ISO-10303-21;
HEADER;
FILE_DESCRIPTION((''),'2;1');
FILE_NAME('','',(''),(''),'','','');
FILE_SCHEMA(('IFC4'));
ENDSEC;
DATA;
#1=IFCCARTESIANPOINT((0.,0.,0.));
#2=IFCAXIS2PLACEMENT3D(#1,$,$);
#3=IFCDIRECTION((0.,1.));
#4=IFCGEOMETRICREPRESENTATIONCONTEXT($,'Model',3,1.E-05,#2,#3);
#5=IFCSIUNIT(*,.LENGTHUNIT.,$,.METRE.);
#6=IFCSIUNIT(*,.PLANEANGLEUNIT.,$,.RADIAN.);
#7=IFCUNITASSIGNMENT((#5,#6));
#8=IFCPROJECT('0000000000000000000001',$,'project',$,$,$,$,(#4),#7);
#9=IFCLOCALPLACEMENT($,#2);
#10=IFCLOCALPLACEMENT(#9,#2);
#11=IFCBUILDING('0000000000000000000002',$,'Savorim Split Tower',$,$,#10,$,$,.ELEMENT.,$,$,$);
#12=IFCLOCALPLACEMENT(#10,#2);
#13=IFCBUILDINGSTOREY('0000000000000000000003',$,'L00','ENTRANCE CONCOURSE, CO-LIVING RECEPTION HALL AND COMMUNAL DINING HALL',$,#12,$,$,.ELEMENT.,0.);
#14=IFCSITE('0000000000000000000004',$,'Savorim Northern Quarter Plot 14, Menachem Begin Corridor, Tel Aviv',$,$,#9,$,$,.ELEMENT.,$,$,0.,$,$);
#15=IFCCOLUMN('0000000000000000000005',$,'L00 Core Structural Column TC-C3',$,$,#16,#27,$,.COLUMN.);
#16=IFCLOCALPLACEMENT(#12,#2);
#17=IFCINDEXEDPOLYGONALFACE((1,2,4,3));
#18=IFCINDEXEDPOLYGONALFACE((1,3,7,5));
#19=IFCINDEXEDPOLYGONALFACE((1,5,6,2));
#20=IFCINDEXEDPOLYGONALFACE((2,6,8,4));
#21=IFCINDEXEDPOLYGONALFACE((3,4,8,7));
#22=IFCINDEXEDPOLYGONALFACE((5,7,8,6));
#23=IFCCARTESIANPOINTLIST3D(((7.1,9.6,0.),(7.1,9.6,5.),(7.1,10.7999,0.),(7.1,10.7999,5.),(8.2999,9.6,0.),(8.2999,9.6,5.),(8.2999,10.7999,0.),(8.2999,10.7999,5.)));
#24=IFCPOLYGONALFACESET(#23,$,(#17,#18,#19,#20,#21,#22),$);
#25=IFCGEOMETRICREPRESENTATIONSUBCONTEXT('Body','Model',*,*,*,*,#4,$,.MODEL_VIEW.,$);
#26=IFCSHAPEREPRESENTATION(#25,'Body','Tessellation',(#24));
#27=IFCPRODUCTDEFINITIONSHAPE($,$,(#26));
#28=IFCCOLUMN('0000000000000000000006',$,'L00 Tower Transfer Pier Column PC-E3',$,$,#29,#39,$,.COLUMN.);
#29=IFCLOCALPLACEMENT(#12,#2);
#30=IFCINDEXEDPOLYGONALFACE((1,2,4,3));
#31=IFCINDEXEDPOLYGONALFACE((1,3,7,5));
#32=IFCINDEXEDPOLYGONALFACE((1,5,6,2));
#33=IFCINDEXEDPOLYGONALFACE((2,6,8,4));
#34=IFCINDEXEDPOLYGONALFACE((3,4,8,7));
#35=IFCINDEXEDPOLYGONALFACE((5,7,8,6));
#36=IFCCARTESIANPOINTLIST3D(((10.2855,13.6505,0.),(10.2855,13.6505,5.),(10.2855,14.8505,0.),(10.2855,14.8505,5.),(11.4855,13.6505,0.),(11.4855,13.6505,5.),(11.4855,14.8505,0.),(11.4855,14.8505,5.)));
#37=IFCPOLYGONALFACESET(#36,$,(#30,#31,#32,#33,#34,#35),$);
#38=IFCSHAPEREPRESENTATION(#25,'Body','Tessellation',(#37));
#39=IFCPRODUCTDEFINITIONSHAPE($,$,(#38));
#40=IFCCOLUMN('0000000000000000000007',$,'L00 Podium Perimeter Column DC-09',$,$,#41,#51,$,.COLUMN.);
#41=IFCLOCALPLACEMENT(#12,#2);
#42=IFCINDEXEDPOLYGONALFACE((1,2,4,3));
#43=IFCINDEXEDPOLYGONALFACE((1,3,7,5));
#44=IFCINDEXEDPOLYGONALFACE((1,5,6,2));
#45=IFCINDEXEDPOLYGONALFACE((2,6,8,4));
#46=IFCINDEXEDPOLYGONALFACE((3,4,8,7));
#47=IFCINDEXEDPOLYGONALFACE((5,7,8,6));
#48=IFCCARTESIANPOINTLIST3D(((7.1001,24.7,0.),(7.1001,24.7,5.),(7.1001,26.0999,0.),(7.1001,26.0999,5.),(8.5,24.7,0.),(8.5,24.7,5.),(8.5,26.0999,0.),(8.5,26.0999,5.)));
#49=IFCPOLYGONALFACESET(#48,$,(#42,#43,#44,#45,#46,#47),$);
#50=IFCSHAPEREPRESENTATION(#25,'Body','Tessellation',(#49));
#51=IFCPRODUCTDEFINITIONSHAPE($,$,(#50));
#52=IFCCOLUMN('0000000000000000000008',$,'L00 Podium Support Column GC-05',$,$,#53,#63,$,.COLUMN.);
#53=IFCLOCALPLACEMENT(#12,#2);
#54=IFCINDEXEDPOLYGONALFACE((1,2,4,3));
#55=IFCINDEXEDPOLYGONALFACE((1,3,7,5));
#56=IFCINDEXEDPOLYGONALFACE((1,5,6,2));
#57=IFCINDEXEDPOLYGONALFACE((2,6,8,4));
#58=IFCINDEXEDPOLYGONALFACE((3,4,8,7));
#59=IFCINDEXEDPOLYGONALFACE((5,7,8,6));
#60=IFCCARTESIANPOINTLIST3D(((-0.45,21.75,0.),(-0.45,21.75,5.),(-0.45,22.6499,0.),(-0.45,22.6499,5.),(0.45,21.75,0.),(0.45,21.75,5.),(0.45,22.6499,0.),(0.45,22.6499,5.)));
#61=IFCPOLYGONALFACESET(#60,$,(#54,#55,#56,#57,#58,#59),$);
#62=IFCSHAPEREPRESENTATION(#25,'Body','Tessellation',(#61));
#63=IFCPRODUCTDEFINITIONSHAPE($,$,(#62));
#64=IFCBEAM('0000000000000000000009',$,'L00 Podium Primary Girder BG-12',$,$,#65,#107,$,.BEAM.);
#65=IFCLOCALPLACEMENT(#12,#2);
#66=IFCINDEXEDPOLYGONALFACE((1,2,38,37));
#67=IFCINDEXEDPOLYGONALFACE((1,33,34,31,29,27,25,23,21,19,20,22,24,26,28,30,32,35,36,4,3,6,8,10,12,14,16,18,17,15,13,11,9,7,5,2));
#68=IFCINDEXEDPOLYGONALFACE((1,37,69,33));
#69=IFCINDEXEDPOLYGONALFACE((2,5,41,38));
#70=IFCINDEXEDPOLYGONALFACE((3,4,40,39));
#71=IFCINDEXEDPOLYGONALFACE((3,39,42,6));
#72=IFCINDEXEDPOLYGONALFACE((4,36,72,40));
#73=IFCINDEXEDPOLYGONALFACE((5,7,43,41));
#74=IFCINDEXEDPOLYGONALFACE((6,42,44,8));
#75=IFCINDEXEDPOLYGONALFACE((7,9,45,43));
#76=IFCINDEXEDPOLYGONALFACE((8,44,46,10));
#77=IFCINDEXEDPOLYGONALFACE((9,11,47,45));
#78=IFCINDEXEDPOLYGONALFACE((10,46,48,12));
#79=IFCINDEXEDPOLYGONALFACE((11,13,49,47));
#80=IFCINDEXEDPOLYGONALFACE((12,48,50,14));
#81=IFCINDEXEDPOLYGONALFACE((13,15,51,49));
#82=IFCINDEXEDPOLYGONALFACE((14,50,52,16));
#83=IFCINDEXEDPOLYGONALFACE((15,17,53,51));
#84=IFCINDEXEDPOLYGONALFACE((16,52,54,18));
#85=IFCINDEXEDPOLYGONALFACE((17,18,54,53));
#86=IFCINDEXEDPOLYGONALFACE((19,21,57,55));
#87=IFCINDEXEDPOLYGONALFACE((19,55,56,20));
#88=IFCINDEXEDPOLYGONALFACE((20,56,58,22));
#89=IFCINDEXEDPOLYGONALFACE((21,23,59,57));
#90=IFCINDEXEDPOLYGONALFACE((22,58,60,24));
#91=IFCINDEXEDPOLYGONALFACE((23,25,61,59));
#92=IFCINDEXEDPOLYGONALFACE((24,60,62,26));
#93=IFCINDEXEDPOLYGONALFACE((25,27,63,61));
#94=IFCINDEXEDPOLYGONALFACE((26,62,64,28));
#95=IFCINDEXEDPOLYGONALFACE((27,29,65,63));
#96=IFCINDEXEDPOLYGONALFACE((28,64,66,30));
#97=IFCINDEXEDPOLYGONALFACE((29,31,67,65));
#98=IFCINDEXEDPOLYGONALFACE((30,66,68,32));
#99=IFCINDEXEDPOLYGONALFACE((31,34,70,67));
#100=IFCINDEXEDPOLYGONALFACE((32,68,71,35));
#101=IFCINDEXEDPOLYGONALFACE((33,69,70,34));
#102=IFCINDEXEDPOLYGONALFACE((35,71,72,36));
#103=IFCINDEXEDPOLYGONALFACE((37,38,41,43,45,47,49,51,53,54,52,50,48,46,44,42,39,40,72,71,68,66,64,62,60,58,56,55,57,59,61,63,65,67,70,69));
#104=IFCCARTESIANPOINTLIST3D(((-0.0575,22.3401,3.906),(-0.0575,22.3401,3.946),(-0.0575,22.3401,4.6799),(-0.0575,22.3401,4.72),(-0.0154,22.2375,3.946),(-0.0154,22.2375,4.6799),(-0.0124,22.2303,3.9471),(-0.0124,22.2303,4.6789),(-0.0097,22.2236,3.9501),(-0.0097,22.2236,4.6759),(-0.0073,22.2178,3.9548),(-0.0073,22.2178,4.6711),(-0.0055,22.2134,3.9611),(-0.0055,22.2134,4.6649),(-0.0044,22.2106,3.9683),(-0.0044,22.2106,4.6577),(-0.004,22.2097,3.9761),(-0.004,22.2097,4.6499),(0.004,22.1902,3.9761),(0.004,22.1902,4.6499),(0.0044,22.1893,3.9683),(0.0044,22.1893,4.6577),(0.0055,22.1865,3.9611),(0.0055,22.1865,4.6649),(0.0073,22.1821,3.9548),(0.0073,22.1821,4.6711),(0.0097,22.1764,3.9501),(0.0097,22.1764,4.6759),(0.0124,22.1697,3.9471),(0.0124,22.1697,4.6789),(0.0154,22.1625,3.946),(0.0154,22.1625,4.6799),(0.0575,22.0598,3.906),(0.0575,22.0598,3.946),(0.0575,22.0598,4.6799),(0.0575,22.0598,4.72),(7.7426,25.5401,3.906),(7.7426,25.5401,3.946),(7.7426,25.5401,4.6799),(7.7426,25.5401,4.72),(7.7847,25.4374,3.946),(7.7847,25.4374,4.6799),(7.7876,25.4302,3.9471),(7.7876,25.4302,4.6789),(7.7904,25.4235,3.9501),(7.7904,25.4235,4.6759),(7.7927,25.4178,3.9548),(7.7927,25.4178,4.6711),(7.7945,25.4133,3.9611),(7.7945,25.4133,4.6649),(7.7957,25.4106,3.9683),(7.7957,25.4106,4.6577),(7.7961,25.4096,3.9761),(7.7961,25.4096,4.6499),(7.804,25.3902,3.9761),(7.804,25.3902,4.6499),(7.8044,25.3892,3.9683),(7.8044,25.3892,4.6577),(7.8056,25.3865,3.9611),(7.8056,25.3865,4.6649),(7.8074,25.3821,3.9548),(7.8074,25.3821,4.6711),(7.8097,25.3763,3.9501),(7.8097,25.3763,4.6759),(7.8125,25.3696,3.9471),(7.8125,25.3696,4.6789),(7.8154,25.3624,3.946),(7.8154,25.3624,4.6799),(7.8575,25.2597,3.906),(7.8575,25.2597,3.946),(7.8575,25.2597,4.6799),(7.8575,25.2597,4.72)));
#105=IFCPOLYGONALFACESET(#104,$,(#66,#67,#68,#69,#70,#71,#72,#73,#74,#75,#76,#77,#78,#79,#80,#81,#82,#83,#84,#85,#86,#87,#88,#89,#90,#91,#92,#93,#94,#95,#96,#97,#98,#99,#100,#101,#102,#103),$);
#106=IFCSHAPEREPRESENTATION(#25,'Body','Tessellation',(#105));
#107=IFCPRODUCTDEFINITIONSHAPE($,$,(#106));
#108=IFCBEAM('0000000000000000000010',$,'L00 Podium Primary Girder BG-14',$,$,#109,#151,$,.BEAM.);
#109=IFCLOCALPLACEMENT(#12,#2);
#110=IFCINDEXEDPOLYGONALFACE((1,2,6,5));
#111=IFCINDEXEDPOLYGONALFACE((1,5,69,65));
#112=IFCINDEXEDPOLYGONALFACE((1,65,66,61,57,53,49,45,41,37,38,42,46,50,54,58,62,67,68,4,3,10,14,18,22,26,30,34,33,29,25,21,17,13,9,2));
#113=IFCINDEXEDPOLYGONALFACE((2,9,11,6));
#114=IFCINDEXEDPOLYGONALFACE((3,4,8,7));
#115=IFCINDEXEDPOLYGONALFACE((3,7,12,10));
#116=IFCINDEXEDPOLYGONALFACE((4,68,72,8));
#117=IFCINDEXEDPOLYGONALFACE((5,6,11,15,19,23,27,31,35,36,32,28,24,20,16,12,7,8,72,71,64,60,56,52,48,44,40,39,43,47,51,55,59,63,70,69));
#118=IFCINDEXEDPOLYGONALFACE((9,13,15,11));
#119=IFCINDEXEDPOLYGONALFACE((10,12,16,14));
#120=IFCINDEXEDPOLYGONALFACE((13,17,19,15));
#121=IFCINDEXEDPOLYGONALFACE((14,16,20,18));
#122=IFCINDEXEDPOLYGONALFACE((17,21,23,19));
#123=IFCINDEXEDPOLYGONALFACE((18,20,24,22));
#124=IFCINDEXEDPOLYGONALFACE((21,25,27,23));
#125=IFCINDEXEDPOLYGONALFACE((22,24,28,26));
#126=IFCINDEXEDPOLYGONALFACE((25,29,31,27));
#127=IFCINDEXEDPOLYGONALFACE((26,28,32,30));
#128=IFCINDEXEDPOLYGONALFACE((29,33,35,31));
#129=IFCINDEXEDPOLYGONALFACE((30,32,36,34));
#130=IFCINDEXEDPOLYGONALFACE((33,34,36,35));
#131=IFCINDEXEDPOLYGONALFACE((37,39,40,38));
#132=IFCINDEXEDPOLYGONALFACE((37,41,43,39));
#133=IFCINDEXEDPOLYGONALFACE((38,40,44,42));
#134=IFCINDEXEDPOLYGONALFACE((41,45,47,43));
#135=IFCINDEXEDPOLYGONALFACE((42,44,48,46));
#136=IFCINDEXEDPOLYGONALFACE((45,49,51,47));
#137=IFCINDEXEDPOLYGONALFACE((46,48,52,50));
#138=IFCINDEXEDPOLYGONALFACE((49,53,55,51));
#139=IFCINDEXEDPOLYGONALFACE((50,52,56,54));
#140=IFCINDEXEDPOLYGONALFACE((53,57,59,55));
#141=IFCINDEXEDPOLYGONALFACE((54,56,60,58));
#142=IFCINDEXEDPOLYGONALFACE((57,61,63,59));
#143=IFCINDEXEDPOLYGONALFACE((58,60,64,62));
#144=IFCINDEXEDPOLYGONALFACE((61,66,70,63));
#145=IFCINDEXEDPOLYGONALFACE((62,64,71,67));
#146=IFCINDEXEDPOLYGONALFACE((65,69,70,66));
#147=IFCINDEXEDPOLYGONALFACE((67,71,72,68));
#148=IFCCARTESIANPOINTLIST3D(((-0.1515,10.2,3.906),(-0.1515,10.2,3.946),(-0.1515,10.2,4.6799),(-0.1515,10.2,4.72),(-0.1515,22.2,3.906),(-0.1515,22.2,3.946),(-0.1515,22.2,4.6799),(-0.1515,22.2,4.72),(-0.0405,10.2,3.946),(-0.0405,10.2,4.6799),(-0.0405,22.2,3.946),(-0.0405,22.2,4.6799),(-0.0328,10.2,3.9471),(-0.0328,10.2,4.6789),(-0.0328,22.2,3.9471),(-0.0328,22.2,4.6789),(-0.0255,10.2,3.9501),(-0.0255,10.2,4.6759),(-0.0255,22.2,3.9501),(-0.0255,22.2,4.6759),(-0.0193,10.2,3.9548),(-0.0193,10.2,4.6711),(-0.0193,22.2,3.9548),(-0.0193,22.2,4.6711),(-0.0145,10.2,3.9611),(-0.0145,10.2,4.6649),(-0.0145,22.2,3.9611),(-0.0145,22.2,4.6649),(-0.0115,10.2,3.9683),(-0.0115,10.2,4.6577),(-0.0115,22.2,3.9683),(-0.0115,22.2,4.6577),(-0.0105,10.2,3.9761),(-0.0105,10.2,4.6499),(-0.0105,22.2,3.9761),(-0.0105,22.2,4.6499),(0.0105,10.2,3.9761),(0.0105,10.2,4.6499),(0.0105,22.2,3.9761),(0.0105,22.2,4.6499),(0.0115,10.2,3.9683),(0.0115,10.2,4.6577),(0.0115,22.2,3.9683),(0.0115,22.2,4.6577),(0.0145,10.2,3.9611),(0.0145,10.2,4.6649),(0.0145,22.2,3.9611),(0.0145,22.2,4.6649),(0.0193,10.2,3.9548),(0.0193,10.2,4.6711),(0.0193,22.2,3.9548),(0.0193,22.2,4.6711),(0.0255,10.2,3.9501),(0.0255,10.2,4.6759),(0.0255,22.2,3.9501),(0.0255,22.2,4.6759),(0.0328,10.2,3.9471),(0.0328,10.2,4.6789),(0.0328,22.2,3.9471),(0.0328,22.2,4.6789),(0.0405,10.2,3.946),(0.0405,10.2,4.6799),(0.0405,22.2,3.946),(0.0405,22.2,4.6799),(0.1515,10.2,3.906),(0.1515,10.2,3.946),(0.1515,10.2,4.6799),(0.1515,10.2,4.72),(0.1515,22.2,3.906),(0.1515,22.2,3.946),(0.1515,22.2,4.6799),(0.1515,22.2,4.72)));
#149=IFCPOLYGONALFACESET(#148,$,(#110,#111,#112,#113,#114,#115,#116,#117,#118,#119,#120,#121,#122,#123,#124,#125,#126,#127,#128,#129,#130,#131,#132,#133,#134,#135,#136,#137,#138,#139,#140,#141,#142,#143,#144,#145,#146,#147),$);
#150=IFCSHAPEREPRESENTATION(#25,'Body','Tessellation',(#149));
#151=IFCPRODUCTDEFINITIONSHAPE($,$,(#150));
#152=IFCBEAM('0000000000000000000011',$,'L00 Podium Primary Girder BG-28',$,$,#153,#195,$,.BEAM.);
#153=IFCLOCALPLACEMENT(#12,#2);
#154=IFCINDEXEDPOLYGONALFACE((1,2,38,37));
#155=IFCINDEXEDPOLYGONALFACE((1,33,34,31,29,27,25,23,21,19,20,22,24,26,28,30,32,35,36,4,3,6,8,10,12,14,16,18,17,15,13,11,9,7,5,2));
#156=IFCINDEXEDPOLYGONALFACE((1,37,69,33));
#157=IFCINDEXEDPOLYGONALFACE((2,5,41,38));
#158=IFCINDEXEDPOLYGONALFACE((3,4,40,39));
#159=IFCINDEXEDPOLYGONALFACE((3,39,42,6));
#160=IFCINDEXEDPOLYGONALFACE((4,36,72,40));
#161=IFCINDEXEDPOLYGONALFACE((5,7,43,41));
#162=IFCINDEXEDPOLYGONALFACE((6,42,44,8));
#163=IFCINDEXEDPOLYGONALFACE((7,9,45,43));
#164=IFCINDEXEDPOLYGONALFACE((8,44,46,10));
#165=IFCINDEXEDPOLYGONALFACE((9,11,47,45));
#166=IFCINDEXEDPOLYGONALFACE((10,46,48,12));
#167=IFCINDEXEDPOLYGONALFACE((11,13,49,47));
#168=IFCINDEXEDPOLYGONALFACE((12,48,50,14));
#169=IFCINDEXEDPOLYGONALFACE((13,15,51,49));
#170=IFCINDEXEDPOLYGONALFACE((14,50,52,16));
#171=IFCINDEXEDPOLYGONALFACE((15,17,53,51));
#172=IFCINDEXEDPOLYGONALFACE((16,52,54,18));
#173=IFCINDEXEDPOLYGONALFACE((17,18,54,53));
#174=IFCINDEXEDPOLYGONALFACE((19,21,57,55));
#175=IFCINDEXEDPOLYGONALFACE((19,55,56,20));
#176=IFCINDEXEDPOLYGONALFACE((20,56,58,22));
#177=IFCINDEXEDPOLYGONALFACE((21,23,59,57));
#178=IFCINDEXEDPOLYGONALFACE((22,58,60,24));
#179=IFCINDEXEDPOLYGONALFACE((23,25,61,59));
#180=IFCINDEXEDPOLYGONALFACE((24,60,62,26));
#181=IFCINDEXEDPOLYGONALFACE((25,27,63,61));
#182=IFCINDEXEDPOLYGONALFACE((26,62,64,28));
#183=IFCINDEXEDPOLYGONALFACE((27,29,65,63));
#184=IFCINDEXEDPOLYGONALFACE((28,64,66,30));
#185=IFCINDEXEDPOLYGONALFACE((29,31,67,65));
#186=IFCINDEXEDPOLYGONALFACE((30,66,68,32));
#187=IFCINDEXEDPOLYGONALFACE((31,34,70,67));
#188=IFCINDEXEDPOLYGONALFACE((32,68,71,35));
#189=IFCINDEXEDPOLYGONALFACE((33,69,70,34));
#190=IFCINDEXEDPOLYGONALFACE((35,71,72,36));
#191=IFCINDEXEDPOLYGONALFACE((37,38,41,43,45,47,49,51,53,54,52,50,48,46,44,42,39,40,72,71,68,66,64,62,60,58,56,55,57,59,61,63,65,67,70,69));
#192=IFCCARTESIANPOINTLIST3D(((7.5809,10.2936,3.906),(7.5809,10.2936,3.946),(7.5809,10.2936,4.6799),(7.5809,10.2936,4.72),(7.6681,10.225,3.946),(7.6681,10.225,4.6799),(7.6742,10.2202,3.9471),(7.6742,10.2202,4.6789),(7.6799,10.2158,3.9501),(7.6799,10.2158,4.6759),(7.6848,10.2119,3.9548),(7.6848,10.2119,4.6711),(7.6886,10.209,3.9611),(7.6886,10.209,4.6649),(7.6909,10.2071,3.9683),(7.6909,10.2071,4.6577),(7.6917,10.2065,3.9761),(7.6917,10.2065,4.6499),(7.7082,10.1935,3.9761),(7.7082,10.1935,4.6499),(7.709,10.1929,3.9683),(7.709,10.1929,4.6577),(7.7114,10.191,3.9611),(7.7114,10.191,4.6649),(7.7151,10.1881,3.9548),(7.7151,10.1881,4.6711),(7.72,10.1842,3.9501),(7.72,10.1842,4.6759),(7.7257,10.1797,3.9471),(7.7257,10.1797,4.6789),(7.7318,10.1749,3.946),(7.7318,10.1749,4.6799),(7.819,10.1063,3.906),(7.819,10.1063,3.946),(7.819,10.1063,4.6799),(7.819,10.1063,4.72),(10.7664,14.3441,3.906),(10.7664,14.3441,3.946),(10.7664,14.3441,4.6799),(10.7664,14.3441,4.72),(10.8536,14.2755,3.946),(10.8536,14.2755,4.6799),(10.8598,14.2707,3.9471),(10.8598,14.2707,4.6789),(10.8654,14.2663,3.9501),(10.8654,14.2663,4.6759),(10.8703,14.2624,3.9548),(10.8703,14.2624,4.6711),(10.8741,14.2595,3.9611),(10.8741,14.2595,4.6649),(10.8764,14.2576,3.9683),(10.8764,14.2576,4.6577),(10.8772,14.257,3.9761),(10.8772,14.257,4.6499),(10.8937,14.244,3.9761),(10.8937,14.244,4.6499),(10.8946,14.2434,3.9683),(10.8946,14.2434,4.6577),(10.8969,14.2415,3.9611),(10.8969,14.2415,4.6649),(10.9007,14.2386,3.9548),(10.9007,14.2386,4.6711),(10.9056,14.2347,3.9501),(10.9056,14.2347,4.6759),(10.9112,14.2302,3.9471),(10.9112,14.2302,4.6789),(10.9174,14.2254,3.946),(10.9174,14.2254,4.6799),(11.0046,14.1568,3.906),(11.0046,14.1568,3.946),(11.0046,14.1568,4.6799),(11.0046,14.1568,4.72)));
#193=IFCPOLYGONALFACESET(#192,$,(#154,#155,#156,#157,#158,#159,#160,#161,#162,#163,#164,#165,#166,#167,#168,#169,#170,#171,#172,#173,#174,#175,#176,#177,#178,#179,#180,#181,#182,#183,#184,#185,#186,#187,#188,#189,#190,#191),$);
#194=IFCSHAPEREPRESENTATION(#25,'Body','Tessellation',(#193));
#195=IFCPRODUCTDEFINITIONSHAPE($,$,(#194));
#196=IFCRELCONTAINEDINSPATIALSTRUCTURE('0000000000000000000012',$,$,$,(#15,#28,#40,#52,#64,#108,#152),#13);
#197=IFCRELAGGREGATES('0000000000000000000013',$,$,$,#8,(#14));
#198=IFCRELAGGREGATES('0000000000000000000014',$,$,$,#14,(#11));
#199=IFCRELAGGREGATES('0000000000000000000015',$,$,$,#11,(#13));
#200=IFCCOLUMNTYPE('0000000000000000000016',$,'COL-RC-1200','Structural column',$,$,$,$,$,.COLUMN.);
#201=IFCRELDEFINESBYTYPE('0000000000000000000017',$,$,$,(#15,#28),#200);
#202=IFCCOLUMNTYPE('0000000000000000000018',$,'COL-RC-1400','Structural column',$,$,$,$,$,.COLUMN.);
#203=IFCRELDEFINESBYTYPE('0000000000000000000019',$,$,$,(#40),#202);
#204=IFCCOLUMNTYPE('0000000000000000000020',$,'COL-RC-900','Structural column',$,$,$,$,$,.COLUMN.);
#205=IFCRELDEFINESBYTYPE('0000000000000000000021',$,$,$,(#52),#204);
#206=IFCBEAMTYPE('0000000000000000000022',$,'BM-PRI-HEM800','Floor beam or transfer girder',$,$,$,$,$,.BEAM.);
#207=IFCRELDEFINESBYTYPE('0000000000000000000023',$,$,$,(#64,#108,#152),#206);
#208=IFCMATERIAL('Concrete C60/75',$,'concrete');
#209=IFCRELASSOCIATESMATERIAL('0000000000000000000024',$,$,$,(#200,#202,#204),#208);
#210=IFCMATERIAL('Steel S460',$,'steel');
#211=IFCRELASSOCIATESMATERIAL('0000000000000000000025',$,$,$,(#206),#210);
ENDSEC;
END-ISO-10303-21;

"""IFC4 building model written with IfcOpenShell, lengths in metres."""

from ifc_helpers import new_model, si_unit, direction, frame, origin, origin_2d, place, context, subcontext, project, spatial, rectangle, i_section, extrude, material, material_profile, profile_set, type_object, element, save


model = new_model("IFC4")

# Units and contexts
model_context = context("Model", 3, precision=1e-05, world=origin(), true_north=direction((0.0, 1.0)))
body_context = subcontext(model_context, "Body", "Model", "MODEL_VIEW")
ifc_project = project(units=[si_unit("LENGTHUNIT", "METRE"), si_unit("PLANEANGLEUNIT", "RADIAN")], contexts=[model_context])

# Site, building, storey
site_placement = place(None, origin())
site = spatial("IfcSite", under=ifc_project, at=site_placement, Name="Savorim Northern Quarter Plot 14, Menachem Begin Corridor, Tel Aviv", CompositionType="ELEMENT", RefElevation=0.0)
building_placement = place(site_placement, origin())
building = spatial("IfcBuilding", under=site, at=building_placement, Name="Savorim Split Tower", CompositionType="ELEMENT")
storey_placement = place(building_placement, origin())
storey = spatial("IfcBuildingStorey", under=building, at=storey_placement, Name="L00", Description="ENTRANCE CONCOURSE, CO-LIVING RECEPTION HALL AND COMMUNAL DINING HALL", CompositionType="ELEMENT", Elevation=0.0)

# Columns
ifc_material_1 = material(Name="Concrete C60/75", Category="concrete")
ifc_material_profile_1 = material_profile(ifc_material_1, rectangle(XDim=1.2, YDim=1.2, at=origin_2d()), Name="RC 1200x1200")
ifc_profile_set_1 = profile_set([ifc_material_profile_1], Name="Concrete C60/75")
column_type_1 = type_object("IfcColumnType", Name="COL-RC-1200", Description="Structural column", PredefinedType="COLUMN", material=ifc_profile_set_1)
for number, where, z_axis, x_axis, name in (
    (1, (7.7, 10.2, 0.0), (0.0, 0.0, 1.0), (1.0, 0.0, 0.0), "L00 Core Structural Column TC-C3"),
    (2, (10.8855, 14.2505, 0.0), (0.0, 0.0, 1.0), (1.0, 0.0, 0.0), "L00 Tower Transfer Pier Column PC-E3"),
):
    element("IfcColumn", number, at=place(storey_placement, frame(where, z_axis=z_axis, x_axis=x_axis)), inside=storey, type_object=column_type_1, Name=name, PredefinedType="COLUMN", context=body_context, shape_type="SweptSolid", body=[
        extrude(rectangle(XDim=1.2, YDim=1.2, at=origin_2d()), origin(), (0.0, 0.0, 1.0), 5.0),
    ])
ifc_material_profile_2 = material_profile(ifc_material_1, rectangle(XDim=1.3999, YDim=1.3999, at=origin_2d()), Name="RC 1400x1400")
ifc_profile_set_2 = profile_set([ifc_material_profile_2], Name="Concrete C60/75")
column_type_2 = type_object("IfcColumnType", Name="COL-RC-1400", Description="Structural column", PredefinedType="COLUMN", material=ifc_profile_set_2)
column_1_placement = place(storey_placement, frame((7.8, 25.3999, 0.0), z_axis=(0.0, 0.0, 1.0), x_axis=(1.0, 0.0, 0.0)))
element("IfcColumn", 3, at=column_1_placement, inside=storey, type_object=column_type_2, Name="L00 Podium Perimeter Column DC-09", PredefinedType="COLUMN", context=body_context, shape_type="SweptSolid", body=[
    extrude(rectangle(XDim=1.3999, YDim=1.3999, at=origin_2d()), origin(), (0.0, 0.0, 1.0), 5.0),
])
ifc_material_profile_3 = material_profile(ifc_material_1, rectangle(XDim=0.8999, YDim=0.8999, at=origin_2d()), Name="RC 900x900")
ifc_profile_set_3 = profile_set([ifc_material_profile_3], Name="Concrete C60/75")
column_type_3 = type_object("IfcColumnType", Name="COL-RC-900", Description="Structural column", PredefinedType="COLUMN", material=ifc_profile_set_3)
column_2_placement = place(storey_placement, frame((0.0, 22.2, 0.0), z_axis=(0.0, 0.0, 1.0), x_axis=(1.0, 0.0, 0.0)))
element("IfcColumn", 4, at=column_2_placement, inside=storey, type_object=column_type_3, Name="L00 Podium Support Column GC-05", PredefinedType="COLUMN", context=body_context, shape_type="SweptSolid", body=[
    extrude(rectangle(XDim=0.8999, YDim=0.8999, at=origin_2d()), origin(), (0.0, 0.0, 1.0), 5.0),
])

# Beams
ifc_material_2 = material(Name="Steel S460", Category="steel")
ifc_material_profile_4 = material_profile(ifc_material_2, i_section(OverallWidth=0.303, OverallDepth=0.814, WebThickness=0.021, FlangeThickness=0.04, FilletRadius=0.03, at=origin_2d()), Name="HE 800 M")
ifc_profile_set_4 = profile_set([ifc_material_profile_4], Name="Steel S460")
beam_type_1 = type_object("IfcBeamType", Name="BM-PRI-HEM800", Description="Floor beam or transfer girder", PredefinedType="BEAM", material=ifc_profile_set_4)
beam_1_placement = place(storey_placement, frame((7.8, 25.3999, 4.313), z_axis=(-0.925171, -0.379549, 0.0), x_axis=(0.379549, -0.925171, 0.0)))
element("IfcBeam", 5, at=beam_1_placement, inside=storey, type_object=beam_type_1, Name="L00 Podium Primary Girder BG-12", PredefinedType="BEAM", context=body_context, shape_type="SweptSolid", body=[
    extrude(i_section(OverallWidth=0.303, OverallDepth=0.814, WebThickness=0.021, FlangeThickness=0.04, FilletRadius=0.03, at=origin_2d()), origin(), (0.0, 0.0, 1.0), 8.4309),
])
beam_2_placement = place(storey_placement, frame((0.0, 22.2, 4.313), z_axis=(0.0, -1.0, 0.0), x_axis=(1.0, 0.0, 0.0)))
element("IfcBeam", 6, at=beam_2_placement, inside=storey, type_object=beam_type_1, Name="L00 Podium Primary Girder BG-14", PredefinedType="BEAM", context=body_context, shape_type="SweptSolid", body=[
    extrude(i_section(OverallWidth=0.303, OverallDepth=0.814, WebThickness=0.021, FlangeThickness=0.04, FilletRadius=0.03, at=origin_2d()), origin(), (0.0, 0.0, 1.0), 12.0),
])
beam_3_placement = place(storey_placement, frame((10.8855, 14.2505, 4.313), z_axis=(-0.618179, -0.786037, 0.0), x_axis=(0.786037, -0.618179, 0.0)))
element("IfcBeam", 7, at=beam_3_placement, inside=storey, type_object=beam_type_1, Name="L00 Podium Primary Girder BG-28", PredefinedType="BEAM", context=body_context, shape_type="SweptSolid", body=[
    extrude(i_section(OverallWidth=0.303, OverallDepth=0.814, WebThickness=0.021, FlangeThickness=0.04, FilletRadius=0.03, at=origin_2d()), origin(), (0.0, 0.0, 1.0), 5.1531),
])

save(model, "model.ifc")
